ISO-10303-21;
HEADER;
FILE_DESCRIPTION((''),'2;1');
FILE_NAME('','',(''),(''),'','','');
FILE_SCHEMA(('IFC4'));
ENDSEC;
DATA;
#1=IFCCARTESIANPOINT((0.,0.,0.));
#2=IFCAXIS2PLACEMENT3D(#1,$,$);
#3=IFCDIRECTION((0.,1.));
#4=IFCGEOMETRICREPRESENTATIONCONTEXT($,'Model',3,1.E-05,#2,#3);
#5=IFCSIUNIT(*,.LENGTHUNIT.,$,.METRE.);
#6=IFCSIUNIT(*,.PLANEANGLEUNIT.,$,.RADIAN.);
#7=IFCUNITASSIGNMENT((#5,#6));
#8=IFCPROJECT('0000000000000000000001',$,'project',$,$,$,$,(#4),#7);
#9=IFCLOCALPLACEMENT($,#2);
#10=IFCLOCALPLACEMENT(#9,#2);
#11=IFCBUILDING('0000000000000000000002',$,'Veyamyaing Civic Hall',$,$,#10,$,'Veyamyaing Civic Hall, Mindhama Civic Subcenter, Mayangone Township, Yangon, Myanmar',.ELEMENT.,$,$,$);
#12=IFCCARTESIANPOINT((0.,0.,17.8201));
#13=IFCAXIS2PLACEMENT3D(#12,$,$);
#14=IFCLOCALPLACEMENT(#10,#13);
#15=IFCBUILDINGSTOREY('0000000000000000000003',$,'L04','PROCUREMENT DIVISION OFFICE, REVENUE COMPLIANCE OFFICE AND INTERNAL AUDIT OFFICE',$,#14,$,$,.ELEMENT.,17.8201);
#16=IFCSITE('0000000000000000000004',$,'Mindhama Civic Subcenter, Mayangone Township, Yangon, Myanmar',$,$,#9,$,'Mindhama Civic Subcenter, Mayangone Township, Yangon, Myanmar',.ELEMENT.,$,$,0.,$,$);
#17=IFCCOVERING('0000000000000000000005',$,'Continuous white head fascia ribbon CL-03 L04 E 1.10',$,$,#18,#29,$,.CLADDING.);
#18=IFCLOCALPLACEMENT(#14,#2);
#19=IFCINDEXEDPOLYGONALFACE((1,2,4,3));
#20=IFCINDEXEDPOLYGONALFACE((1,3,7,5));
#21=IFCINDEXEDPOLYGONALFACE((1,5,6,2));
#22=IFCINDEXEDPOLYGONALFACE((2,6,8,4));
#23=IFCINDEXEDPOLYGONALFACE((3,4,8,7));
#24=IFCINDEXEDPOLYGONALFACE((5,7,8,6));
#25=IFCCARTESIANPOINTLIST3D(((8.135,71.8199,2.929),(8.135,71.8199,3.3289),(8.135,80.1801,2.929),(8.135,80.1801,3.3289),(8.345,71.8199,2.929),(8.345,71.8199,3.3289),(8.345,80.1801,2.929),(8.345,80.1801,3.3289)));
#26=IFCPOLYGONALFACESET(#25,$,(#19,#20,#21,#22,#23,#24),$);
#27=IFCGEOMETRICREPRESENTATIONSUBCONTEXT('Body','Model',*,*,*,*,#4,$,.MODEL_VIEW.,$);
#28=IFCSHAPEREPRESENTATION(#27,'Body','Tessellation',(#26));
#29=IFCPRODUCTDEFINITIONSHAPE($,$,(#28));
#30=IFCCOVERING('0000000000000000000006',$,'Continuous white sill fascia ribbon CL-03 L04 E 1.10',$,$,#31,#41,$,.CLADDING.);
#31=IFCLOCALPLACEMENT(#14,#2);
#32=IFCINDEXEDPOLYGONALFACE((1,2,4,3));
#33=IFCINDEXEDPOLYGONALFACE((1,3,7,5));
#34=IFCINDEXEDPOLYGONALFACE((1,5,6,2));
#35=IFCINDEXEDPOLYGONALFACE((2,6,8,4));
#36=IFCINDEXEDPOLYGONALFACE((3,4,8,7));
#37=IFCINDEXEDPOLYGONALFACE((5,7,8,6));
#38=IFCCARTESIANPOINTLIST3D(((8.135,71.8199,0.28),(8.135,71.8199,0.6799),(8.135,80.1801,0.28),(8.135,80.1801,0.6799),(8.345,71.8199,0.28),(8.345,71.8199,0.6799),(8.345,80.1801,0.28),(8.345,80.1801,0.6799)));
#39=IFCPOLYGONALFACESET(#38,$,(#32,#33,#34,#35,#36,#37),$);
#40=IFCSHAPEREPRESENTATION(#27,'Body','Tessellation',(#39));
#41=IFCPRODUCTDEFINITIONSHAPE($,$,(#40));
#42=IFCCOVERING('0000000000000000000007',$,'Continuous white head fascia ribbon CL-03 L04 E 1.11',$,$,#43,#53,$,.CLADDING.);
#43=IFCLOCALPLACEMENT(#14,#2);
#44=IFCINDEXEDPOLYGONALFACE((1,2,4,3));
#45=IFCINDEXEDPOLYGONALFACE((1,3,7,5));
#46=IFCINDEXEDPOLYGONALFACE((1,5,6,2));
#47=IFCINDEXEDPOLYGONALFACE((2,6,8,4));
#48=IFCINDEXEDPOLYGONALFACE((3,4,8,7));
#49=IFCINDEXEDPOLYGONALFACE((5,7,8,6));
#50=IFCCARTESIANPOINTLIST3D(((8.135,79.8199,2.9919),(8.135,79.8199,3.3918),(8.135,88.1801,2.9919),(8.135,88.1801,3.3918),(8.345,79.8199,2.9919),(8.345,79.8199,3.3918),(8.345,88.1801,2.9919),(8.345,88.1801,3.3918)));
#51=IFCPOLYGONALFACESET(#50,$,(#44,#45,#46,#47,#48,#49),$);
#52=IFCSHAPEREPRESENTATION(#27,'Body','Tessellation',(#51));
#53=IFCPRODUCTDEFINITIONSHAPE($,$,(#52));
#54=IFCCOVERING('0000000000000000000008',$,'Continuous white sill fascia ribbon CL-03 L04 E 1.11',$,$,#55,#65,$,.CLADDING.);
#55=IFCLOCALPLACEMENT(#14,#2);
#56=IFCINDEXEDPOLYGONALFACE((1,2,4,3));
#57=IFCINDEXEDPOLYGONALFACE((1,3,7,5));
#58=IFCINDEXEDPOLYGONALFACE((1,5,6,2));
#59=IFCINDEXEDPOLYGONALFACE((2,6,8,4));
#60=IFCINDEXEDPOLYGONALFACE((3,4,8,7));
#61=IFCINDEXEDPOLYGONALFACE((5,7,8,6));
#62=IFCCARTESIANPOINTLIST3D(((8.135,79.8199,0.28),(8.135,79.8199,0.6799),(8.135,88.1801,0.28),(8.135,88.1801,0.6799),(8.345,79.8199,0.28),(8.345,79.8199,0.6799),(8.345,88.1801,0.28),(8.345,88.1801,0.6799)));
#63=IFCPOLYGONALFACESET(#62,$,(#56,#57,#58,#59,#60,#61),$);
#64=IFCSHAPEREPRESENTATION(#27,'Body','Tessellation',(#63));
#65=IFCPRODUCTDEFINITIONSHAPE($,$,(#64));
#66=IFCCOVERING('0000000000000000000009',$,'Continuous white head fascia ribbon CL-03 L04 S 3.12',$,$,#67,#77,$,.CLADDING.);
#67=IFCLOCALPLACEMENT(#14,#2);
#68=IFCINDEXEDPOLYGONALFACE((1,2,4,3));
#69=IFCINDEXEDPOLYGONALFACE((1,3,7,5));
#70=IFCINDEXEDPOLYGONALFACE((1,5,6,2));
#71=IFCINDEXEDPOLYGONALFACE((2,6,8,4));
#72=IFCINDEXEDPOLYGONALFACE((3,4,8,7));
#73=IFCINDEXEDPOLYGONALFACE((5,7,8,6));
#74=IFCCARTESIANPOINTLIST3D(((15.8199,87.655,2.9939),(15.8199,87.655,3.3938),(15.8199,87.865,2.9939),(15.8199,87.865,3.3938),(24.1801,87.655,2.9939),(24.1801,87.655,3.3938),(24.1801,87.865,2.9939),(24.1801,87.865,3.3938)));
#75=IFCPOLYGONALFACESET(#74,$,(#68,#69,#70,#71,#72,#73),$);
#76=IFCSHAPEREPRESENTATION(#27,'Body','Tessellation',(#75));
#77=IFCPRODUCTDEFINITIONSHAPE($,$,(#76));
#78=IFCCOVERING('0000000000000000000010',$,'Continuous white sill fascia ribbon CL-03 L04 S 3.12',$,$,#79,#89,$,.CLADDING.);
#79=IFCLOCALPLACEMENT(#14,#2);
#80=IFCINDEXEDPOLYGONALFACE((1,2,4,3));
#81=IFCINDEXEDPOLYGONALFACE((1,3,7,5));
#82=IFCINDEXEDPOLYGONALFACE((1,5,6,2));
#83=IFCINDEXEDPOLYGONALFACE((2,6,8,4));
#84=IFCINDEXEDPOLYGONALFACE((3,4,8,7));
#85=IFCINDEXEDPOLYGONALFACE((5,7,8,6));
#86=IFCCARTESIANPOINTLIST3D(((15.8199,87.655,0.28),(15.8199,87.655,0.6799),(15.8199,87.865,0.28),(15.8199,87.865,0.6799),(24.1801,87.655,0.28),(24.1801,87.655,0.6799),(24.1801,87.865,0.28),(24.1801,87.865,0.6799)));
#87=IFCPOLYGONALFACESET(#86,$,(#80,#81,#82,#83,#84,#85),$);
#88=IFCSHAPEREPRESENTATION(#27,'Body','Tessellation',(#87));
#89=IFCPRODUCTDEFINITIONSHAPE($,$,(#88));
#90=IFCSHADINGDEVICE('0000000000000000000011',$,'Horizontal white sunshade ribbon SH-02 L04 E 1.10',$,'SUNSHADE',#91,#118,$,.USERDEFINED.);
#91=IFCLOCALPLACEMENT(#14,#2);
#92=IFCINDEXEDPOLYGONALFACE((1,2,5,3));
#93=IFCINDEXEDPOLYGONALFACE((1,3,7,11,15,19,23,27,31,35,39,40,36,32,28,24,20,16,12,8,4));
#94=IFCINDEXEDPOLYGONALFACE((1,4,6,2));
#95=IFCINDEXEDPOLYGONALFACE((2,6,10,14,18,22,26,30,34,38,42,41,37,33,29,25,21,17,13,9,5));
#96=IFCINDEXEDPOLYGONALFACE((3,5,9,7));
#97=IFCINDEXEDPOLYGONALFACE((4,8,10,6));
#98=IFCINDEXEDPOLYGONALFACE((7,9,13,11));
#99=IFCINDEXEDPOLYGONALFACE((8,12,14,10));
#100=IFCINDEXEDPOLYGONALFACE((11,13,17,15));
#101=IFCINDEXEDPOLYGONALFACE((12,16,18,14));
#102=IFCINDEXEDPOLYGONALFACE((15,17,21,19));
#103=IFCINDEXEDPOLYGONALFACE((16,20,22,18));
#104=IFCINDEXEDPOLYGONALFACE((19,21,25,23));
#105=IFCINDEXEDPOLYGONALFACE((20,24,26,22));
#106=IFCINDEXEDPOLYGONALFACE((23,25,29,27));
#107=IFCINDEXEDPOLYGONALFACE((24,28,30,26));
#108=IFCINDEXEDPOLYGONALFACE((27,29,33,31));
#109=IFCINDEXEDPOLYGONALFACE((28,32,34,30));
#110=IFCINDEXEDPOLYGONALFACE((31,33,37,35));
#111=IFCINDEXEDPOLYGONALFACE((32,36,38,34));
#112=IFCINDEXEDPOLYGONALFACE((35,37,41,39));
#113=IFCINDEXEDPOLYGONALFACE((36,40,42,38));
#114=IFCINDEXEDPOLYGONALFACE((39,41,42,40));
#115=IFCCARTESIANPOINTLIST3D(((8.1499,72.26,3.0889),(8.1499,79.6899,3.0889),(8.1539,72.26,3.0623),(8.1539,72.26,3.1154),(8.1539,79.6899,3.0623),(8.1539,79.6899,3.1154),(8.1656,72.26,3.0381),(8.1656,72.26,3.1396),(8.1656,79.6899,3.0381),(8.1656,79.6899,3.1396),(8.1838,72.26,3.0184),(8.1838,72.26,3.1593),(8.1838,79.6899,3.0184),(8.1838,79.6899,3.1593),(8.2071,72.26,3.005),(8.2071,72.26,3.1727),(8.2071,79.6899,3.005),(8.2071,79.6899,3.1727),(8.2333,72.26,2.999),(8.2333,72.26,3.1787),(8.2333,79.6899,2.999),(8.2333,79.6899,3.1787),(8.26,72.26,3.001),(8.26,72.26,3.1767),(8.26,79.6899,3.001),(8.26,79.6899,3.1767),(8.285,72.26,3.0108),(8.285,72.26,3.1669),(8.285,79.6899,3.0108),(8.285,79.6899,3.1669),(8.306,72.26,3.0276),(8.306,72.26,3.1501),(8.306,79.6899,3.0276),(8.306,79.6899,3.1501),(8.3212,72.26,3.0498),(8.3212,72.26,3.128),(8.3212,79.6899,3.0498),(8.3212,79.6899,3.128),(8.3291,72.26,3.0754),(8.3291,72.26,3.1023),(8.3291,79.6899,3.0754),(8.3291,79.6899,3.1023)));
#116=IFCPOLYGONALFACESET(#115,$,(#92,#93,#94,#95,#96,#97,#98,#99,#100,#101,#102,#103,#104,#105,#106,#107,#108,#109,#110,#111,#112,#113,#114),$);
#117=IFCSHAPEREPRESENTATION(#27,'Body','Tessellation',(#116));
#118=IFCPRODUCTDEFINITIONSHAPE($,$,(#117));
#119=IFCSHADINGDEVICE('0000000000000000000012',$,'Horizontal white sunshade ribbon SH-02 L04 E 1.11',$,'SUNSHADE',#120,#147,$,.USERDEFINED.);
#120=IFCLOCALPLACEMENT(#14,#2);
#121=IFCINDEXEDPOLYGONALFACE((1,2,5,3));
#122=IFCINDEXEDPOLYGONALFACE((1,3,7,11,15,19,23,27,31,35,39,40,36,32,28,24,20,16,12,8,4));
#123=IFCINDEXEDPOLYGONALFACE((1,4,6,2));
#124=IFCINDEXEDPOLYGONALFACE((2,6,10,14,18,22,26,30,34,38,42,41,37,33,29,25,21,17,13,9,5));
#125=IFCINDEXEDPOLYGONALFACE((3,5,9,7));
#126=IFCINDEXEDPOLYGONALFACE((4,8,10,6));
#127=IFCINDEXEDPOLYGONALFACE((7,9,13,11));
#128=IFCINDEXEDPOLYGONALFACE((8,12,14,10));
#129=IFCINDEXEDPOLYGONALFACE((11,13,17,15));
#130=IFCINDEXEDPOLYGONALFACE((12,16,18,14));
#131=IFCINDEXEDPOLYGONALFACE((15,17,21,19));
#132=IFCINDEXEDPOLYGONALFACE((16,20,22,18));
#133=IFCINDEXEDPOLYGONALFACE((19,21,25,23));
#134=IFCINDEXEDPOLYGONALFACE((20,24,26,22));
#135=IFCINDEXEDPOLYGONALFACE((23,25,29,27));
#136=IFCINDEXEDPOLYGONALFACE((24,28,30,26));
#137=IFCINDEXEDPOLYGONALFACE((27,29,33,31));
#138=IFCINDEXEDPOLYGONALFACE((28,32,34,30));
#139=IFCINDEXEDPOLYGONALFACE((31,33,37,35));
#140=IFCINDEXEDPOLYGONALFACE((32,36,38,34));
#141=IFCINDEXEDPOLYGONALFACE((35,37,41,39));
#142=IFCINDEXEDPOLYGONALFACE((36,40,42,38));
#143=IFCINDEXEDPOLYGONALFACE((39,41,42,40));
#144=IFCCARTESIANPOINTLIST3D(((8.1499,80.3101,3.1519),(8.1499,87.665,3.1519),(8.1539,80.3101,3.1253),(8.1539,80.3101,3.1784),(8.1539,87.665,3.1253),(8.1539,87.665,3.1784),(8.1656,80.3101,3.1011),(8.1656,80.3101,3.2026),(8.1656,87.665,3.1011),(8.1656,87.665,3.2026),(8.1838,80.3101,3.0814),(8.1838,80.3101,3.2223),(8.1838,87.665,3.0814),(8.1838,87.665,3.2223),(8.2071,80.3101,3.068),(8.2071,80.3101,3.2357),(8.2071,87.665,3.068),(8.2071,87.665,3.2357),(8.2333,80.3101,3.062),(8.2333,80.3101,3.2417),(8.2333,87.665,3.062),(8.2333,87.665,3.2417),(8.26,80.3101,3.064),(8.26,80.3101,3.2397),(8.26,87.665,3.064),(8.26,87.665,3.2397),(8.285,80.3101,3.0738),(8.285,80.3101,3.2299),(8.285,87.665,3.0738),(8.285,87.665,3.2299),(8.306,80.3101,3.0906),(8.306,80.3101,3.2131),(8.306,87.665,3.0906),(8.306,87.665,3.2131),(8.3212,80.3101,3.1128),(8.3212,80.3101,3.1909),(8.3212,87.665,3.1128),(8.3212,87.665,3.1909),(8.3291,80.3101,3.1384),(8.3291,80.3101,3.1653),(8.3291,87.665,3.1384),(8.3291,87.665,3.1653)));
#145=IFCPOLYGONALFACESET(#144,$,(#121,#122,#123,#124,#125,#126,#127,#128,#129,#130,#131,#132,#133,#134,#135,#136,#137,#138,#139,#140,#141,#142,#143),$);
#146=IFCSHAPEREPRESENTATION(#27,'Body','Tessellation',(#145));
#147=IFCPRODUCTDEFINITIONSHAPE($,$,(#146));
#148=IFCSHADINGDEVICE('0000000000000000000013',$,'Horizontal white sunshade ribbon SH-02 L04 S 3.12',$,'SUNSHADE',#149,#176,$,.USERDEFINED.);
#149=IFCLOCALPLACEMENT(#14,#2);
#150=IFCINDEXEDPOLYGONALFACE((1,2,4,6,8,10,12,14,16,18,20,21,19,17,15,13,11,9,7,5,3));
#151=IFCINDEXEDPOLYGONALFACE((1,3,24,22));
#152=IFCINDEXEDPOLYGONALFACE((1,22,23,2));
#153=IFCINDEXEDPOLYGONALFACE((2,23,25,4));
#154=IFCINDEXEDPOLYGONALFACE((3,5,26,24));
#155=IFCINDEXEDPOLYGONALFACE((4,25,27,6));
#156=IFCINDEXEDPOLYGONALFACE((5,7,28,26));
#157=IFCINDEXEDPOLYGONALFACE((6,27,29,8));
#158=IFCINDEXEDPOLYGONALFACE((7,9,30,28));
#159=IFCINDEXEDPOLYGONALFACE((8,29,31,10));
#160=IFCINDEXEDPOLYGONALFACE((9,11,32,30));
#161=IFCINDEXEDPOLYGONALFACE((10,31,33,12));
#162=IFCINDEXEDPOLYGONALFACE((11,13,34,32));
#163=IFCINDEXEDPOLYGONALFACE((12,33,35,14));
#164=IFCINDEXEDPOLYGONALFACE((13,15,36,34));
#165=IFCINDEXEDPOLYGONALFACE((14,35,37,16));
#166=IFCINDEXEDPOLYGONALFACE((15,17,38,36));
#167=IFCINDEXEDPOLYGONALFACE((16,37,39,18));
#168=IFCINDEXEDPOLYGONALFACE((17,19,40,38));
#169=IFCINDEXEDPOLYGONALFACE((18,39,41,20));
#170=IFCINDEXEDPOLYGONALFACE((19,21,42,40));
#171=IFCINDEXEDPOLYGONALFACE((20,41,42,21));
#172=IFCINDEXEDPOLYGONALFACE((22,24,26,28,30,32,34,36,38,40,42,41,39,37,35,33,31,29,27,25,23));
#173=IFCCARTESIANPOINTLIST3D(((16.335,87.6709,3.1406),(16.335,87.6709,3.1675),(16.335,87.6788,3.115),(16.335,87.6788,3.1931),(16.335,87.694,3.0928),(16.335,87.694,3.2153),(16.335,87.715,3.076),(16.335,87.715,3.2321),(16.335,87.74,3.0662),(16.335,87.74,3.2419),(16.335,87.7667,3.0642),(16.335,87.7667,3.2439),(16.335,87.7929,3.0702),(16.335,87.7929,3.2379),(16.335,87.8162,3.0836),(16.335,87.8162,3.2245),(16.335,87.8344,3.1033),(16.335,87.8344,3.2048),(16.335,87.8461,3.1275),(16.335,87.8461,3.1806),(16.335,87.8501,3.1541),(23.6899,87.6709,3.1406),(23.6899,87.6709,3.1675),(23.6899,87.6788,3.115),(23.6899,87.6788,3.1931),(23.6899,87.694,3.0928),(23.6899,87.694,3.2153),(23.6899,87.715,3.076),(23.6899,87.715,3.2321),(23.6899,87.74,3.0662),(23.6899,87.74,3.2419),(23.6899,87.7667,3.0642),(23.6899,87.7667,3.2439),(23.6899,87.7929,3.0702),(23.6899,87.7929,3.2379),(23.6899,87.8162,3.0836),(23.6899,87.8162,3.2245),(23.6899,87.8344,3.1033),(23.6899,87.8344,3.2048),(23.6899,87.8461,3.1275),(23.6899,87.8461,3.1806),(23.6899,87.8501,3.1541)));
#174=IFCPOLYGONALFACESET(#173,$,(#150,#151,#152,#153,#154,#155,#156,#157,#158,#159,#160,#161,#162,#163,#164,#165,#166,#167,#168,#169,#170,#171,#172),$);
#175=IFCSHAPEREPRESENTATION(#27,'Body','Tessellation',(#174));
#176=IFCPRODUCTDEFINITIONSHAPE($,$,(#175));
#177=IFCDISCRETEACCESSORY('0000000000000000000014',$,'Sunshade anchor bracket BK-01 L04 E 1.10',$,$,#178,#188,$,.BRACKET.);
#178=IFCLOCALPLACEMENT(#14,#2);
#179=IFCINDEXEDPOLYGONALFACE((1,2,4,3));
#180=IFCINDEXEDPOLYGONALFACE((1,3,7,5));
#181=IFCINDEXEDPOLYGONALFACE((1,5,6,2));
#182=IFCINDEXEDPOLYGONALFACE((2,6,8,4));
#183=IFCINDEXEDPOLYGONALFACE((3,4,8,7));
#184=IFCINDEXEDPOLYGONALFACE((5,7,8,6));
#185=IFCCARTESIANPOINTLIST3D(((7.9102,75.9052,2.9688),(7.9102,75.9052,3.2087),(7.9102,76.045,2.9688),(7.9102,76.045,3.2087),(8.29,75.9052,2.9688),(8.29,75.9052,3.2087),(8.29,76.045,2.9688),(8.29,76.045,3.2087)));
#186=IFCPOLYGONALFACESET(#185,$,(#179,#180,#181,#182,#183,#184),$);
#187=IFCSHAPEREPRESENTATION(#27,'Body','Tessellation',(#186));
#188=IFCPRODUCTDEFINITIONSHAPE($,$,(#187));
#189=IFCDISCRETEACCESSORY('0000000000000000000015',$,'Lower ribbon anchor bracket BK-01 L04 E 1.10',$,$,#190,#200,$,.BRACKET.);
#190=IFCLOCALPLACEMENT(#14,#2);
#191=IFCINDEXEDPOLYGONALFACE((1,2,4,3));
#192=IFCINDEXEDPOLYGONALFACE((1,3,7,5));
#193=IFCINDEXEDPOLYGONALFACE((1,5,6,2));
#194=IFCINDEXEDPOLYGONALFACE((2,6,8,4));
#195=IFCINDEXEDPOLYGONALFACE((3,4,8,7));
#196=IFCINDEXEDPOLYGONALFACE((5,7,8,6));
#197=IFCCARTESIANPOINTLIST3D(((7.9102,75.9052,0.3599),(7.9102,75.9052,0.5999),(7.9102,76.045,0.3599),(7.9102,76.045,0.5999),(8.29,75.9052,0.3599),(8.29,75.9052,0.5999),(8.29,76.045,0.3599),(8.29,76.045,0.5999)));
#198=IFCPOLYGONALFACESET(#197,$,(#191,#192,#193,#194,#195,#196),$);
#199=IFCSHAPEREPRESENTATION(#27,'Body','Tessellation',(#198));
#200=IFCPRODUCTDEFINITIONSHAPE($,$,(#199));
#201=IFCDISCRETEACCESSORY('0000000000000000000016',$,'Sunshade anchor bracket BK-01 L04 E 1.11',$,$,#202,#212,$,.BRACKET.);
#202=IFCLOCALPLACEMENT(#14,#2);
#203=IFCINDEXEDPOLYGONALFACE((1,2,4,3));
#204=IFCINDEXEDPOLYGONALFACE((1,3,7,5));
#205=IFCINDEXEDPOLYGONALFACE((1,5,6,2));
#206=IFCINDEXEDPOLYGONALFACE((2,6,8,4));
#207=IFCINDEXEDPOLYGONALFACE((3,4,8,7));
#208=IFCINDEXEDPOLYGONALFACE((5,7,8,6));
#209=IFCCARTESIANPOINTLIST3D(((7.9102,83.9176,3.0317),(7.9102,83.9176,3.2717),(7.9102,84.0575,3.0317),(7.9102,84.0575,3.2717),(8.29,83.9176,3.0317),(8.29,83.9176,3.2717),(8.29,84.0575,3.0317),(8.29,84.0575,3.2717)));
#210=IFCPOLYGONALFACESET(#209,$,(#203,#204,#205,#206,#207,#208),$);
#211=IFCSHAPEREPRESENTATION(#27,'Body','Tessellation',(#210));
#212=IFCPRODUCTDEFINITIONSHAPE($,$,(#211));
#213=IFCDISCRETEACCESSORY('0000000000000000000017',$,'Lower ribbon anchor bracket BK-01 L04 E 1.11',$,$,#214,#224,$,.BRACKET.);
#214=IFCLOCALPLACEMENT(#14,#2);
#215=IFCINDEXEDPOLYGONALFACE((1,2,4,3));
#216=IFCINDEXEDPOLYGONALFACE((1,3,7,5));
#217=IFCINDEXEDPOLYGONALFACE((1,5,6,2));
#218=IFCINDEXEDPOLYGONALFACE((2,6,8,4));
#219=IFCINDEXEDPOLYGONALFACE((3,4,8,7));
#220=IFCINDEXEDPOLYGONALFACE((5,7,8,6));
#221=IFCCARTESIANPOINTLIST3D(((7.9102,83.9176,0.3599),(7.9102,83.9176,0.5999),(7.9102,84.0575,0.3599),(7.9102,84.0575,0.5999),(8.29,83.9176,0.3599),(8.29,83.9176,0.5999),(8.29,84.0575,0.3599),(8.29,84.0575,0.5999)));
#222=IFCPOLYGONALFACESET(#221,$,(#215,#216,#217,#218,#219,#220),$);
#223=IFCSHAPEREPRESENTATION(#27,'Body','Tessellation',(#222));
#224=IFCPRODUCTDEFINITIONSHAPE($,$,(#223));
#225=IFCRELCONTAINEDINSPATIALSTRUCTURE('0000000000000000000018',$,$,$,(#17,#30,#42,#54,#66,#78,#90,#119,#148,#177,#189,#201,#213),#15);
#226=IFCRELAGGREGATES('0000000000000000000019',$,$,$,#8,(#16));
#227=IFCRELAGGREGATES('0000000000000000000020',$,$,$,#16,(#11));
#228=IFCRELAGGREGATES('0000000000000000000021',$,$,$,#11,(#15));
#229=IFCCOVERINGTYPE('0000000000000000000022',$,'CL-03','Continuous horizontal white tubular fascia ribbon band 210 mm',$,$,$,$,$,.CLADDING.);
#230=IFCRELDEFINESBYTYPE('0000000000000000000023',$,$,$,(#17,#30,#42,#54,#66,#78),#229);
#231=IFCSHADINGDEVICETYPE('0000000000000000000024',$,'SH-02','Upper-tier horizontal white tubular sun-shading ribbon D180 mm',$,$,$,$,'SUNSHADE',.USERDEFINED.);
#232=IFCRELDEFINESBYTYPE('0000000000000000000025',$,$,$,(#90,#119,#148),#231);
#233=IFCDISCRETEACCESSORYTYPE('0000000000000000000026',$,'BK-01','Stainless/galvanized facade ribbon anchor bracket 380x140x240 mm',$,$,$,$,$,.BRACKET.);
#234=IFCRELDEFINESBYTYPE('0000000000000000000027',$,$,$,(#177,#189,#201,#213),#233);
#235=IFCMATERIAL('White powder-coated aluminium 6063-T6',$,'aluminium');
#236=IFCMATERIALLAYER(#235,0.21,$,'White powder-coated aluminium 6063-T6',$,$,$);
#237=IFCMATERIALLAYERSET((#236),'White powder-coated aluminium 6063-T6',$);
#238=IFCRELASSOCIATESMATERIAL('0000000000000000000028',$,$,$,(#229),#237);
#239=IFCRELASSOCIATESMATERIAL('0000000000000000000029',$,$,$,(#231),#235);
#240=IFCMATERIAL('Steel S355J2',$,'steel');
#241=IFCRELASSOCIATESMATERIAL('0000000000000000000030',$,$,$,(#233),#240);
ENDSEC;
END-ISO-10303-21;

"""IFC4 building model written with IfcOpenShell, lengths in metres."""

from ifc_helpers import new_model, si_unit, direction, frame, origin, origin_2d, place, context, subcontext, project, spatial, rectangle, circle, extrude, material, layer, layer_set, material_profile, profile_set, type_object, element, save


model = new_model("IFC4")

# Units and contexts
model_context = context("Model", 3, precision=1e-05, world=origin(), true_north=direction((0.0, 1.0)))
body_context = subcontext(model_context, "Body", "Model", "MODEL_VIEW")
ifc_project = project(units=[si_unit("LENGTHUNIT", "METRE"), si_unit("PLANEANGLEUNIT", "RADIAN")], contexts=[model_context])

# Site, building, storey
site_placement = place(None, origin())
site = spatial("IfcSite", under=ifc_project, at=site_placement, Name="Mindhama Civic Subcenter, Mayangone Township, Yangon, Myanmar", LongName="Mindhama Civic Subcenter, Mayangone Township, Yangon, Myanmar", CompositionType="ELEMENT", RefElevation=0.0)
building_placement = place(site_placement, origin())
building = spatial("IfcBuilding", under=site, at=building_placement, Name="Veyamyaing Civic Hall", LongName="Veyamyaing Civic Hall, Mindhama Civic Subcenter, Mayangone Township, Yangon, Myanmar", CompositionType="ELEMENT")
storey_placement = place(building_placement, frame((0.0, 0.0, 17.8201)))
storey = spatial("IfcBuildingStorey", under=building, at=storey_placement, Name="L04", Description="PROCUREMENT DIVISION OFFICE, REVENUE COMPLIANCE OFFICE AND INTERNAL AUDIT OFFICE", CompositionType="ELEMENT", Elevation=17.8201)

# Coverings
ifc_material_1 = material(Name="White powder-coated aluminium 6063-T6", Category="aluminium")
ifc_layer_1 = layer(ifc_material_1, 0.21, Name="White powder-coated aluminium 6063-T6")
ifc_layer_set_1 = layer_set([ifc_layer_1], Name="White powder-coated aluminium 6063-T6")
covering_type_1 = type_object("IfcCoveringType", Name="CL-03", Description="Continuous horizontal white tubular fascia ribbon band 210 mm", PredefinedType="CLADDING", material=ifc_layer_set_1)
for number, where, z_axis, x_axis, name in (
    (1, (8.24, 76.0, 2.929), (0.0, 0.0, 1.0), (0.0, 1.0, 0.0), "Continuous white head fascia ribbon CL-03 L04 E 1.10"),
    (2, (8.24, 76.0, 0.28), (0.0, 0.0, 1.0), (0.0, 1.0, 0.0), "Continuous white sill fascia ribbon CL-03 L04 E 1.10"),
    (3, (8.24, 84.0, 2.9919), (0.0, 0.0, 1.0), (0.0, 1.0, 0.0), "Continuous white head fascia ribbon CL-03 L04 E 1.11"),
    (4, (8.24, 84.0, 0.28), (0.0, 0.0, 1.0), (0.0, 1.0, 0.0), "Continuous white sill fascia ribbon CL-03 L04 E 1.11"),
    (5, (20.0, 87.76, 2.9939), (0.0, 0.0, 1.0), (1.0, 0.0, 0.0), "Continuous white head fascia ribbon CL-03 L04 S 3.12"),
    (6, (20.0, 87.76, 0.28), (0.0, 0.0, 1.0), (1.0, 0.0, 0.0), "Continuous white sill fascia ribbon CL-03 L04 S 3.12"),
):
    element("IfcCovering", number, at=place(storey_placement, frame(where, z_axis=z_axis, x_axis=x_axis)), inside=storey, type_object=covering_type_1, Name=name, PredefinedType="CLADDING", context=body_context, shape_type="SweptSolid", body=[
        extrude(rectangle(XDim=8.3601, YDim=0.21, at=origin_2d()), origin(), (0.0, 0.0, 1.0), 0.3999),
    ])

# Shading devices
ifc_material_profile_1 = material_profile(ifc_material_1, circle(Radius=0.0901, at=origin_2d()), Name="SHADE-TUBE-180")
ifc_profile_set_1 = profile_set([ifc_material_profile_1], Name="White powder-coated aluminium 6063-T6")
shading_device_type = type_object("IfcShadingDeviceType", Name="SH-02", Description="Upper-tier horizontal white tubular sun-shading ribbon D180 mm", ElementType="SUNSHADE", PredefinedType="USERDEFINED", material=ifc_profile_set_1)
shading_device_placement = place(storey_placement, frame((8.24, 72.26, 3.0889), z_axis=(0.0, 1.0, 0.0), x_axis=(-1.0, 0.0, 0.0)))
element("IfcShadingDevice", 7, at=shading_device_placement, inside=storey, type_object=shading_device_type, Name="Horizontal white sunshade ribbon SH-02 L04 E 1.10", ObjectType="SUNSHADE", PredefinedType="USERDEFINED", context=body_context, shape_type="SweptSolid", body=[
    extrude(circle(Radius=0.0901, at=origin_2d()), origin(), (0.0, 0.0, 1.0), 7.4299),
])
for number, where, z_axis, x_axis, name in (
    (8, (8.24, 80.3101, 3.1519), (0.0, 1.0, 0.0), (-1.0, 0.0, 0.0), "Horizontal white sunshade ribbon SH-02 L04 E 1.11"),
    (9, (16.335, 87.76, 3.1541), (1.0, 0.0, 0.0), (0.0, 1.0, 0.0), "Horizontal white sunshade ribbon SH-02 L04 S 3.12"),
):
    element("IfcShadingDevice", number, at=place(storey_placement, frame(where, z_axis=z_axis, x_axis=x_axis)), inside=storey, type_object=shading_device_type, Name=name, ObjectType="SUNSHADE", PredefinedType="USERDEFINED", context=body_context, shape_type="SweptSolid", body=[
        extrude(circle(Radius=0.0901, at=origin_2d()), origin(), (0.0, 0.0, 1.0), 7.355),
    ])

# Discrete accessories
ifc_material_2 = material(Name="Steel S355J2", Category="steel")
discrete_accessory_type = type_object("IfcDiscreteAccessoryType", Name="BK-01", Description="Stainless/galvanized facade ribbon anchor bracket 380x140x240 mm", PredefinedType="BRACKET", material=ifc_material_2)
for number, where, z_axis, x_axis, name in (
    (10, (8.1001, 75.9751, 2.9688), (0.0, 0.0, 1.0), (1.0, 0.0, 0.0), "Sunshade anchor bracket BK-01 L04 E 1.10"),
    (11, (8.1001, 75.9751, 0.3599), (0.0, 0.0, 1.0), (1.0, 0.0, 0.0), "Lower ribbon anchor bracket BK-01 L04 E 1.10"),
    (12, (8.1001, 83.9875, 3.0317), (0.0, 0.0, 1.0), (1.0, 0.0, 0.0), "Sunshade anchor bracket BK-01 L04 E 1.11"),
    (13, (8.1001, 83.9875, 0.3599), (0.0, 0.0, 1.0), (1.0, 0.0, 0.0), "Lower ribbon anchor bracket BK-01 L04 E 1.11"),
):
    element("IfcDiscreteAccessory", number, at=place(storey_placement, frame(where, z_axis=z_axis, x_axis=x_axis)), inside=storey, type_object=discrete_accessory_type, Name=name, PredefinedType="BRACKET", context=body_context, shape_type="SweptSolid", body=[
        extrude(rectangle(XDim=0.3799, YDim=0.1399, at=origin_2d()), origin(), (0.0, 0.0, 1.0), 0.24),
    ])

save(model, "model.ifc")
